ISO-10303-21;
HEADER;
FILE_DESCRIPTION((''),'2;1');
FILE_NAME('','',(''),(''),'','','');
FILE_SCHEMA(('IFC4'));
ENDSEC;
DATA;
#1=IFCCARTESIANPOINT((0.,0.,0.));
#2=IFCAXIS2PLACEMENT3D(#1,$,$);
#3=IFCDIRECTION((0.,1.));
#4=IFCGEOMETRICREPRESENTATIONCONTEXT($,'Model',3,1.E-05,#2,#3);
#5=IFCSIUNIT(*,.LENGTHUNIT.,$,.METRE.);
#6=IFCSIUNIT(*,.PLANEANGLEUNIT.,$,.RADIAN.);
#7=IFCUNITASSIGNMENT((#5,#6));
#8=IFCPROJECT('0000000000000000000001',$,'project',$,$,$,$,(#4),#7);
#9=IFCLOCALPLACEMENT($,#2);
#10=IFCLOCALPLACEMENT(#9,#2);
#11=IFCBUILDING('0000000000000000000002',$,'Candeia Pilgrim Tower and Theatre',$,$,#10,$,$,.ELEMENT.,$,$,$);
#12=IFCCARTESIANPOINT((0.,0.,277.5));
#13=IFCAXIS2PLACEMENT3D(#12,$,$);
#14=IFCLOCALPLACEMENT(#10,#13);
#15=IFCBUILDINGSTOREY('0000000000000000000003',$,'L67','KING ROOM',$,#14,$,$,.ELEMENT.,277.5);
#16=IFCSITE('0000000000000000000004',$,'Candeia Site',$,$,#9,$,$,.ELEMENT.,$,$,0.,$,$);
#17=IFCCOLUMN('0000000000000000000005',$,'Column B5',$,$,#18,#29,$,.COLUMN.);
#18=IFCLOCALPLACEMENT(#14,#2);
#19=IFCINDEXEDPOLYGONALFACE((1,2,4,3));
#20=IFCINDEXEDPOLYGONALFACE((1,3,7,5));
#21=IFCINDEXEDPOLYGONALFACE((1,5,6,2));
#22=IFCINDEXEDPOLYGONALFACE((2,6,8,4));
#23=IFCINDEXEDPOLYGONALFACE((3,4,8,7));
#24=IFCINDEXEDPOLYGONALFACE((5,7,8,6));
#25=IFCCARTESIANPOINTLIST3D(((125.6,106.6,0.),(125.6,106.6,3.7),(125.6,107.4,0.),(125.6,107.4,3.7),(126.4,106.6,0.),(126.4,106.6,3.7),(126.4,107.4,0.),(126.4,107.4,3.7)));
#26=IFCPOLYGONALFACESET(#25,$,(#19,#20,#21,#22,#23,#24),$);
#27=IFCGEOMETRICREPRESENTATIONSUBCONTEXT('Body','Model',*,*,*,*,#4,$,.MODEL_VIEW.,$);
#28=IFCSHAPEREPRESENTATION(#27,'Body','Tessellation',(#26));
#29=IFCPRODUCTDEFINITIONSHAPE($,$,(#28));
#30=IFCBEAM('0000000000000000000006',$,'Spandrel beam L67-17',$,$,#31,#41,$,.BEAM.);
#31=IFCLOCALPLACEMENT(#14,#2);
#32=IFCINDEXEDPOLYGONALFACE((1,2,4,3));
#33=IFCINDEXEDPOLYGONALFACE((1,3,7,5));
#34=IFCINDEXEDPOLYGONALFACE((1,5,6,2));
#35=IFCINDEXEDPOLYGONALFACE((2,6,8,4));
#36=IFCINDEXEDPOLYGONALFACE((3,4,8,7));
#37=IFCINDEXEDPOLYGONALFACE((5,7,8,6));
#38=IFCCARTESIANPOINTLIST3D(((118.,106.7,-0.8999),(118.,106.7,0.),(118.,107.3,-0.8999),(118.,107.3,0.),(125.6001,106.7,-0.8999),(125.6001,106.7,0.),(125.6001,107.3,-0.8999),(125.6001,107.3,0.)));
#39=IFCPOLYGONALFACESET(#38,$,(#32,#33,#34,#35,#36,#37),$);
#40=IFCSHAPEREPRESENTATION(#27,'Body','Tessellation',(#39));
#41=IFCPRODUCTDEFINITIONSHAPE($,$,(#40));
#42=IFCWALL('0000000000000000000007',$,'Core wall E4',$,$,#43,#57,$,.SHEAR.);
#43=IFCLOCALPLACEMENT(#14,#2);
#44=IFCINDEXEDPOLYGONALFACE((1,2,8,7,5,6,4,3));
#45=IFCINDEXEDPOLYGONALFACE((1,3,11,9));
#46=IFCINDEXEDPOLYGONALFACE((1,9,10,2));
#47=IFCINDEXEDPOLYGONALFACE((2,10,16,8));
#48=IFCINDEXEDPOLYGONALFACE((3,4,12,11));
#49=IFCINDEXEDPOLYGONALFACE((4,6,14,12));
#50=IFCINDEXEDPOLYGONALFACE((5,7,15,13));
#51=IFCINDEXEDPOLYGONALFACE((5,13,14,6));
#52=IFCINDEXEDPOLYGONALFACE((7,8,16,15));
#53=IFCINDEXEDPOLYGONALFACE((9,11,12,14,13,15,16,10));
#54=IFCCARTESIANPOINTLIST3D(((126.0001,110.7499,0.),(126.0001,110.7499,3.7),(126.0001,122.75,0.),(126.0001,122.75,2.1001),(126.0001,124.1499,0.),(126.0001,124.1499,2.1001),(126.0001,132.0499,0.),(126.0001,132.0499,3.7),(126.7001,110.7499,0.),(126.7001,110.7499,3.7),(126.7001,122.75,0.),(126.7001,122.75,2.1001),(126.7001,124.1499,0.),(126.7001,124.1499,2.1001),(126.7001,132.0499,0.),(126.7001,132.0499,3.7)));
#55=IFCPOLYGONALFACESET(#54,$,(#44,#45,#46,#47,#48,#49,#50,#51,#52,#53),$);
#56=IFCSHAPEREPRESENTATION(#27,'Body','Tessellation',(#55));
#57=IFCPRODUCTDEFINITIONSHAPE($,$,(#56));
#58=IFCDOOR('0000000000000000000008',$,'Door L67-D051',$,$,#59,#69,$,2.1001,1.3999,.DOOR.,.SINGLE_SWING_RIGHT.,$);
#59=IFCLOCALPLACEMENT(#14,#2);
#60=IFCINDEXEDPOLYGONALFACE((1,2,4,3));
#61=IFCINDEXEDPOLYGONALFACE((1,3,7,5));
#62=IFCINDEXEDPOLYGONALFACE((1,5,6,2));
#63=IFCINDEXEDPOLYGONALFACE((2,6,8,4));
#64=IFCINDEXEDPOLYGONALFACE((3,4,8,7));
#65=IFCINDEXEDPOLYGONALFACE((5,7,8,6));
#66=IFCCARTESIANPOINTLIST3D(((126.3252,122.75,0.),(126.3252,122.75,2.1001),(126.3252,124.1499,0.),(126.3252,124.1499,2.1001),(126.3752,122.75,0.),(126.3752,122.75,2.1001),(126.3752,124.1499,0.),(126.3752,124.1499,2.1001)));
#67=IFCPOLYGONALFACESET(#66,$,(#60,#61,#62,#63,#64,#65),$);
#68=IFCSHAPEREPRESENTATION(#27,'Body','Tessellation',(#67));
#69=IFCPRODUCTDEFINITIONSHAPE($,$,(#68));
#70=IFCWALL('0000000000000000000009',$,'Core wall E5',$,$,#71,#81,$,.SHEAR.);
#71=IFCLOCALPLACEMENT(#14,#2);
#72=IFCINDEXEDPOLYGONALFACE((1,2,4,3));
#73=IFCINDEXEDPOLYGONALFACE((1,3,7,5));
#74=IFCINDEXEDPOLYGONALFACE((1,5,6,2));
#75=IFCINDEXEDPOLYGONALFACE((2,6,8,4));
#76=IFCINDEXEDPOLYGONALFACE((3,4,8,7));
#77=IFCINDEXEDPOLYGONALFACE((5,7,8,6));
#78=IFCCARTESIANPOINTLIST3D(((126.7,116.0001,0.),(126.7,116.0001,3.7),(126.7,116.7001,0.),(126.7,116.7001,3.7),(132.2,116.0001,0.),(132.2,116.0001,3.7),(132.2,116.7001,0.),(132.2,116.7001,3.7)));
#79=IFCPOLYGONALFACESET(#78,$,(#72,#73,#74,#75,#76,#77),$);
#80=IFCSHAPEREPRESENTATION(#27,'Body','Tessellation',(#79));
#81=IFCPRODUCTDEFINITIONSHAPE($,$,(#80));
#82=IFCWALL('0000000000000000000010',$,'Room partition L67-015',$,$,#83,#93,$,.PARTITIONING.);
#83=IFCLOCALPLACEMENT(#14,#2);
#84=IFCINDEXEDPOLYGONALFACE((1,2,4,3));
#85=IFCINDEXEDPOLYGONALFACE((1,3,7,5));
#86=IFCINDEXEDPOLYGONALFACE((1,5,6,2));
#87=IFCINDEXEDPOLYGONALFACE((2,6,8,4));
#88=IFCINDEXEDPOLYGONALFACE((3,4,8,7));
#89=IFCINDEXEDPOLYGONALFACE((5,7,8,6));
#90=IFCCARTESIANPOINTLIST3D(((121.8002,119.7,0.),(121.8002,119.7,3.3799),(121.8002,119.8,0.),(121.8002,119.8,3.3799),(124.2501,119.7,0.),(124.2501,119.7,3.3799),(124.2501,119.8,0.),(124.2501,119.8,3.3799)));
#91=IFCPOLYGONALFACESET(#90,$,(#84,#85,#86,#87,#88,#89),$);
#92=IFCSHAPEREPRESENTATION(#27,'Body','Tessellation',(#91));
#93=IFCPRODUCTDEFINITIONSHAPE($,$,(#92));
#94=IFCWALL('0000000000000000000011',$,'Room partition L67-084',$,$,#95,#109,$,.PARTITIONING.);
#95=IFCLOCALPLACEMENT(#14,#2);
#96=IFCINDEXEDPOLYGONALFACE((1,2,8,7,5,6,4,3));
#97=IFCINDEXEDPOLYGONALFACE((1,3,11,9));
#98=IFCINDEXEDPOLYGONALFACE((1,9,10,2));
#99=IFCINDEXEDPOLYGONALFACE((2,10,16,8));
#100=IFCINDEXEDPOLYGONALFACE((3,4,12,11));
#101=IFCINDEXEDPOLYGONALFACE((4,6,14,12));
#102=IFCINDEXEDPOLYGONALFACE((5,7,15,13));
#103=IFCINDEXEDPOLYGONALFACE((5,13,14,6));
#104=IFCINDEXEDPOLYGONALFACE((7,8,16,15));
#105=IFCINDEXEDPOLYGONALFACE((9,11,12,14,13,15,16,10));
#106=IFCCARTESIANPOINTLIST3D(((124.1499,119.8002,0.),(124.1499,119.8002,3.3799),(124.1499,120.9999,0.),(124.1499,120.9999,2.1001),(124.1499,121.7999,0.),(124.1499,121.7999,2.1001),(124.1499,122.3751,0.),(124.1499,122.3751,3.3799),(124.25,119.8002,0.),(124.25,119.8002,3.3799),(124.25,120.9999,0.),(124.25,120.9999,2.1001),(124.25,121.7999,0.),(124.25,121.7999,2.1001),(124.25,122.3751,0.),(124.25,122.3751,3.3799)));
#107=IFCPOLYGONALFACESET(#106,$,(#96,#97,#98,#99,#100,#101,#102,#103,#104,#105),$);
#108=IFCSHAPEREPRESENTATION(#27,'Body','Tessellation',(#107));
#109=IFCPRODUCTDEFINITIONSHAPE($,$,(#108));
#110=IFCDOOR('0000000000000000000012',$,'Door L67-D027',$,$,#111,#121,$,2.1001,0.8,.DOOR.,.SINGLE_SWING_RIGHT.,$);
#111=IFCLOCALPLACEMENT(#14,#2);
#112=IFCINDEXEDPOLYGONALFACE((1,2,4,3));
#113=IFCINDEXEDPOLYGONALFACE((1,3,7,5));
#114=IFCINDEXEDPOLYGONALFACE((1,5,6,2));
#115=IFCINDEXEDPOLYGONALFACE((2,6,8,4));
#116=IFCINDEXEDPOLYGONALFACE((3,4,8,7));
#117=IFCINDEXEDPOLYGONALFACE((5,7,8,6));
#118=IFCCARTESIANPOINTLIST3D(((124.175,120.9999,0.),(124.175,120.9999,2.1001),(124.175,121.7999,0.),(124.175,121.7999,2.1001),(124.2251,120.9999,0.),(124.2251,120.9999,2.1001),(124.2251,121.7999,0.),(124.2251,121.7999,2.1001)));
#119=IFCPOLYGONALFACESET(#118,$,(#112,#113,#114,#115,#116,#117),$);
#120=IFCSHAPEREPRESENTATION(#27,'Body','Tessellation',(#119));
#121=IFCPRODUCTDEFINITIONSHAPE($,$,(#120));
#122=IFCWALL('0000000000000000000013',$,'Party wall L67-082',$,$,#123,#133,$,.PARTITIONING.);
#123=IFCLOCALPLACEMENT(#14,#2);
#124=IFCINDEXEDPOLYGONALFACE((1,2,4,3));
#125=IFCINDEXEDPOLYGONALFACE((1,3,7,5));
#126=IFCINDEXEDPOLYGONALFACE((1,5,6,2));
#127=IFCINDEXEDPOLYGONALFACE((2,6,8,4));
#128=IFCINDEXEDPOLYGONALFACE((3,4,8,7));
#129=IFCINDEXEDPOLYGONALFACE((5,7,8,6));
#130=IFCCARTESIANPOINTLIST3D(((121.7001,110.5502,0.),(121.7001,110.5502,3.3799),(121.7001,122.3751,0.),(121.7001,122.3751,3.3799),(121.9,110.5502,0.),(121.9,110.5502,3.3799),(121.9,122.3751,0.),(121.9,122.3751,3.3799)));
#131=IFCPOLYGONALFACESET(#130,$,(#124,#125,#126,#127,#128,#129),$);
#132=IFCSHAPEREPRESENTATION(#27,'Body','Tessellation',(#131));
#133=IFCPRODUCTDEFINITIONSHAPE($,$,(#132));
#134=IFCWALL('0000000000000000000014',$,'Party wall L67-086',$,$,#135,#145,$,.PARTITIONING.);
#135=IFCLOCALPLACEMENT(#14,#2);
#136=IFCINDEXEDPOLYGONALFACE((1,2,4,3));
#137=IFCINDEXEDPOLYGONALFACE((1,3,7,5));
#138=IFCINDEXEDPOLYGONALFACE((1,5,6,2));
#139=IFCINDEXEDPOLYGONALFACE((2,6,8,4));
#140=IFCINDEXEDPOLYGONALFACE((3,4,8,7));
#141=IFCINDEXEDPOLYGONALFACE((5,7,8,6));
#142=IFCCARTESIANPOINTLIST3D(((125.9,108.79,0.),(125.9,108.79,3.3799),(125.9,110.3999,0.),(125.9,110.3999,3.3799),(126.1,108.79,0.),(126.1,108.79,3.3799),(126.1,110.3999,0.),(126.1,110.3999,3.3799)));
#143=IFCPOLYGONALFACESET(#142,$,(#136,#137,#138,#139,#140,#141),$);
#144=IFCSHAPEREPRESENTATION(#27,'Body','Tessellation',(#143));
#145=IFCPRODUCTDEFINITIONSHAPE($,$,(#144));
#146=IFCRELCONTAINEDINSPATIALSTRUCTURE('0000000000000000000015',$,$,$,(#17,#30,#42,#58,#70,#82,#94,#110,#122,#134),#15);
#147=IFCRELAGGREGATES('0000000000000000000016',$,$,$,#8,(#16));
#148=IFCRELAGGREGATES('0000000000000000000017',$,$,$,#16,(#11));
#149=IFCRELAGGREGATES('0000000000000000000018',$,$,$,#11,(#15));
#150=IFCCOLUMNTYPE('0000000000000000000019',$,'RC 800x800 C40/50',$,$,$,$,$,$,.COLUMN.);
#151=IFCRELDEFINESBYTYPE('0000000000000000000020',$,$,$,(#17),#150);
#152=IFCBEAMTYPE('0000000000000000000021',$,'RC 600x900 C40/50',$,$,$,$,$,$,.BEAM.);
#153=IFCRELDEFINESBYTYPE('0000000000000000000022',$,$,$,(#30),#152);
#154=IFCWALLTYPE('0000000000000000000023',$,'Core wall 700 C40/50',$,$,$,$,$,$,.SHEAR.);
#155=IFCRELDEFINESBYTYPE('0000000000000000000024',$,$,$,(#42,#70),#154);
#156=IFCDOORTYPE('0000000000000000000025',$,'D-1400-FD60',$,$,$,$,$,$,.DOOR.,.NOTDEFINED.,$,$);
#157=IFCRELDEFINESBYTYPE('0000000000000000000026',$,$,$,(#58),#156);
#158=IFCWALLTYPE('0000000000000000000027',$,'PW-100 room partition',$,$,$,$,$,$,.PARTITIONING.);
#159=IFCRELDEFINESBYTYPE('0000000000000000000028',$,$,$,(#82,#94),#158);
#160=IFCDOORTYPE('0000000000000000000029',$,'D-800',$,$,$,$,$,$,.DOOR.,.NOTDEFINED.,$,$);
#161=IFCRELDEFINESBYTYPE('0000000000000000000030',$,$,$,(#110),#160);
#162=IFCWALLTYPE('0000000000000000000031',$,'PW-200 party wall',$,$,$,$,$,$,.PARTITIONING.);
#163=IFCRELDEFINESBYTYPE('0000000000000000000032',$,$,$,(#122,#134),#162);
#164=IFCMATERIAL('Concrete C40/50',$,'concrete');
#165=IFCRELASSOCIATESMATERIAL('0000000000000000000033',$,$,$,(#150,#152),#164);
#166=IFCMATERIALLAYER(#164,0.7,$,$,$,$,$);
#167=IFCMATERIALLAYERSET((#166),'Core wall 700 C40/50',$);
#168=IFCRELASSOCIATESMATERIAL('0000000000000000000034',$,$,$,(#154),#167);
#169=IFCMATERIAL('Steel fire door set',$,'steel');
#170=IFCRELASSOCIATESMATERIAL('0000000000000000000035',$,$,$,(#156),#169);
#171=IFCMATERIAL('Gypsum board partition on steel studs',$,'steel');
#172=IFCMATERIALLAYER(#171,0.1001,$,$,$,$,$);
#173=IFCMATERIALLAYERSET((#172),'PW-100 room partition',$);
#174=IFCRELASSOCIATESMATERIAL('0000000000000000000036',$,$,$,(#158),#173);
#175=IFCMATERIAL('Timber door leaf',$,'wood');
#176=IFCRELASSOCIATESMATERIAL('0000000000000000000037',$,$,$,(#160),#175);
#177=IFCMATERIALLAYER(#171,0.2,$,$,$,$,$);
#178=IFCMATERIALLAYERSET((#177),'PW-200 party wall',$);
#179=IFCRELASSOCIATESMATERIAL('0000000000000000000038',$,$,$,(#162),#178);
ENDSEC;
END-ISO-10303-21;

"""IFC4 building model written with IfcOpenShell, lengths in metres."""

from ifc_helpers import new_model, si_unit, direction, frame, frame_2d, origin, origin_2d, place, context, subcontext, project, spatial, rectangle, extrude, material, layer, layer_set, material_profile, profile_set, type_object, element, fill, save


model = new_model("IFC4")

# Units and contexts
model_context = context("Model", 3, precision=1e-05, world=origin(), true_north=direction((0.0, 1.0)))
body_context = subcontext(model_context, "Body", "Model", "MODEL_VIEW")
ifc_project = project(units=[si_unit("LENGTHUNIT", "METRE"), si_unit("PLANEANGLEUNIT", "RADIAN")], contexts=[model_context])

# Site, building, storey
site_placement = place(None, origin())
site = spatial("IfcSite", under=ifc_project, at=site_placement, Name="Candeia Site", CompositionType="ELEMENT", RefElevation=0.0)
building_placement = place(site_placement, origin())
building = spatial("IfcBuilding", under=site, at=building_placement, Name="Candeia Pilgrim Tower and Theatre", CompositionType="ELEMENT")
storey_placement = place(building_placement, frame((0.0, 0.0, 277.5)))
storey = spatial("IfcBuildingStorey", under=building, at=storey_placement, Name="L67", Description="KING ROOM", CompositionType="ELEMENT", Elevation=277.5)

# Column
ifc_material_1 = material(Name="Concrete C40/50", Category="concrete")
ifc_material_profile_1 = material_profile(ifc_material_1, rectangle(XDim=0.8, YDim=0.8, at=origin_2d()))
ifc_profile_set_1 = profile_set([ifc_material_profile_1], Name="Concrete C40/50")
column_type = type_object("IfcColumnType", Name="RC 800x800 C40/50", PredefinedType="COLUMN", material=ifc_profile_set_1)
column_placement = place(storey_placement, frame((126.0, 107.0, 0.0), z_axis=(0.0, 0.0, 1.0), x_axis=(1.0, 0.0, 0.0)))
element("IfcColumn", 1, at=column_placement, inside=storey, type_object=column_type, Name="Column B5", PredefinedType="COLUMN", context=body_context, shape_type="SweptSolid", body=[
    extrude(rectangle(XDim=0.8, YDim=0.8, at=origin_2d()), origin(), (0.0, 0.0, 1.0), 3.7),
])

# Beam
ifc_material_profile_2 = material_profile(ifc_material_1, rectangle(XDim=0.6001, YDim=0.8999, at=origin_2d()))
ifc_profile_set_2 = profile_set([ifc_material_profile_2], Name="Concrete C40/50")
beam_type = type_object("IfcBeamType", Name="RC 600x900 C40/50", PredefinedType="BEAM", material=ifc_profile_set_2)
beam_placement = place(storey_placement, frame((125.6001, 107.0, -0.45), z_axis=(-1.0, 0.0, 0.0), x_axis=(0.0, -1.0, 0.0)))
element("IfcBeam", 2, at=beam_placement, inside=storey, type_object=beam_type, Name="Spandrel beam L67-17", PredefinedType="BEAM", context=body_context, shape_type="SweptSolid", body=[
    extrude(rectangle(XDim=0.6001, YDim=0.8999, at=origin_2d()), origin(), (0.0, 0.0, 1.0), 7.6001),
])

# Wall, opening, door
ifc_layer_1 = layer(ifc_material_1, 0.7)
ifc_layer_set_1 = layer_set([ifc_layer_1], Name="Core wall 700 C40/50")
wall_type_1 = type_object("IfcWallType", Name="Core wall 700 C40/50", PredefinedType="SHEAR", material=ifc_layer_set_1)
wall_1_placement = place(storey_placement, frame((126.3501, 110.75, 0.0), z_axis=(0.0, 0.0, 1.0), x_axis=(0.0, 1.0, 0.0)))
wall_1 = element("IfcWall", 3, at=wall_1_placement, inside=storey, type_object=wall_type_1, Name="Core wall E4", PredefinedType="SHEAR", context=body_context, shape_type="SweptSolid", body=[
    extrude(rectangle(XDim=21.3, YDim=0.7, at=frame_2d((10.6499, 0.0))), origin(), (0.0, 0.0, 1.0), 3.7),
])
opening_1_placement = place(wall_1_placement, frame((12.0, 0.0, 0.0)))
opening_1 = element("IfcOpeningElement", 4, at=opening_1_placement, cuts=wall_1, PredefinedType="OPENING", context=body_context, shape_type="SweptSolid", body=[
    extrude(rectangle(XDim=1.3999, YDim=2.1001, at=frame_2d((0.7, 1.05))), frame((0.0, 0.3599, 0.0), z_axis=(0.0, -1.0, 0.0), x_axis=(1.0, 0.0, 0.0)), (0.0, 0.0, 1.0), 0.72),
])
ifc_material_2 = material(Name="Steel fire door set", Category="steel")
door_type_1 = type_object("IfcDoorType", Name="D-1400-FD60", OperationType="NOTDEFINED", PredefinedType="DOOR", material=ifc_material_2)
door_1_placement = place(opening_1_placement, origin())
door_1 = element("IfcDoor", 5, at=door_1_placement, inside=storey, type_object=door_type_1, Name="Door L67-D051", OperationType="SINGLE_SWING_RIGHT", OverallHeight=2.1001, OverallWidth=1.3999, PredefinedType="DOOR", context=body_context, shape_type="SweptSolid", body=[
    extrude(rectangle(XDim=1.3999, YDim=2.1001, at=frame_2d((0.7, 1.05))), frame((0.0, 0.0249, 0.0), z_axis=(0.0, -1.0, 0.0), x_axis=(1.0, 0.0, 0.0)), (0.0, 0.0, 1.0), 0.05),
])
fill(opening_1, door_1)

# Walls
wall_2_placement = place(storey_placement, frame((126.7, 116.3501, 0.0), z_axis=(0.0, 0.0, 1.0), x_axis=(1.0, 0.0, 0.0)))
element("IfcWall", 6, at=wall_2_placement, inside=storey, type_object=wall_type_1, Name="Core wall E5", PredefinedType="SHEAR", context=body_context, shape_type="SweptSolid", body=[
    extrude(rectangle(XDim=5.5, YDim=0.7, at=frame_2d((2.75, 0.0))), origin(), (0.0, 0.0, 1.0), 3.7),
])
ifc_material_3 = material(Name="Gypsum board partition on steel studs", Category="steel")
ifc_layer_2 = layer(ifc_material_3, 0.1001)
ifc_layer_set_2 = layer_set([ifc_layer_2], Name="PW-100 room partition")
wall_type_2 = type_object("IfcWallType", Name="PW-100 room partition", PredefinedType="PARTITIONING", material=ifc_layer_set_2)
wall_3_placement = place(storey_placement, frame((121.8, 119.75, 0.0), z_axis=(0.0, 0.0, 1.0), x_axis=(1.0, 0.0, 0.0)))
element("IfcWall", 7, at=wall_3_placement, inside=storey, type_object=wall_type_2, Name="Room partition L67-015", PredefinedType="PARTITIONING", context=body_context, shape_type="SweptSolid", body=[
    extrude(rectangle(XDim=2.45, YDim=0.1001, at=frame_2d((1.2251, 0.0))), origin(), (0.0, 0.0, 1.0), 3.3799),
])

# Wall, opening, door
wall_4_placement = place(storey_placement, frame((124.2, 119.8, 0.0), z_axis=(0.0, 0.0, 1.0), x_axis=(0.0, 1.0, 0.0)))
wall_4 = element("IfcWall", 8, at=wall_4_placement, inside=storey, type_object=wall_type_2, Name="Room partition L67-084", PredefinedType="PARTITIONING", context=body_context, shape_type="SweptSolid", body=[
    extrude(rectangle(XDim=2.575, YDim=0.1001, at=frame_2d((1.2876, 0.0))), origin(), (0.0, 0.0, 1.0), 3.3799),
])
opening_2_placement = place(wall_4_placement, frame((1.2, 0.0, 0.0)))
opening_2 = element("IfcOpeningElement", 9, at=opening_2_placement, cuts=wall_4, PredefinedType="OPENING", context=body_context, shape_type="SweptSolid", body=[
    extrude(rectangle(XDim=0.8, YDim=2.1001, at=frame_2d((0.3999, 1.05))), frame((0.0, 0.0601, 0.0), z_axis=(0.0, -1.0, 0.0), x_axis=(1.0, 0.0, 0.0)), (0.0, 0.0, 1.0), 0.1201),
])
ifc_material_4 = material(Name="Timber door leaf", Category="wood")
door_type_2 = type_object("IfcDoorType", Name="D-800", OperationType="NOTDEFINED", PredefinedType="DOOR", material=ifc_material_4)
door_2_placement = place(opening_2_placement, origin())
door_2 = element("IfcDoor", 10, at=door_2_placement, inside=storey, type_object=door_type_2, Name="Door L67-D027", OperationType="SINGLE_SWING_RIGHT", OverallHeight=2.1001, OverallWidth=0.8, PredefinedType="DOOR", context=body_context, shape_type="SweptSolid", body=[
    extrude(rectangle(XDim=0.8, YDim=2.1001, at=frame_2d((0.3999, 1.05))), frame((0.0, 0.0249, 0.0), z_axis=(0.0, -1.0, 0.0), x_axis=(1.0, 0.0, 0.0)), (0.0, 0.0, 1.0), 0.05),
])
fill(opening_2, door_2)

# Walls
ifc_layer_3 = layer(ifc_material_3, 0.2)
ifc_layer_set_3 = layer_set([ifc_layer_3], Name="PW-200 party wall")
wall_type_3 = type_object("IfcWallType", Name="PW-200 party wall", PredefinedType="PARTITIONING", material=ifc_layer_set_3)
wall_5_placement = place(storey_placement, frame((121.8, 110.55, 0.0), z_axis=(0.0, 0.0, 1.0), x_axis=(0.0, 1.0, 0.0)))
element("IfcWall", 11, at=wall_5_placement, inside=storey, type_object=wall_type_3, Name="Party wall L67-082", PredefinedType="PARTITIONING", context=body_context, shape_type="SweptSolid", body=[
    extrude(rectangle(XDim=11.825, YDim=0.2, at=frame_2d((5.9126, 0.0))), origin(), (0.0, 0.0, 1.0), 3.3799),
])
wall_6_placement = place(storey_placement, frame((126.0, 108.79, 0.0), z_axis=(0.0, 0.0, 1.0), x_axis=(0.0, 1.0, 0.0)))
element("IfcWall", 12, at=wall_6_placement, inside=storey, type_object=wall_type_3, Name="Party wall L67-086", PredefinedType="PARTITIONING", context=body_context, shape_type="SweptSolid", body=[
    extrude(rectangle(XDim=1.6099, YDim=0.2, at=frame_2d((0.8049, 0.0))), origin(), (0.0, 0.0, 1.0), 3.3799),
])

save(model, "model.ifc")
